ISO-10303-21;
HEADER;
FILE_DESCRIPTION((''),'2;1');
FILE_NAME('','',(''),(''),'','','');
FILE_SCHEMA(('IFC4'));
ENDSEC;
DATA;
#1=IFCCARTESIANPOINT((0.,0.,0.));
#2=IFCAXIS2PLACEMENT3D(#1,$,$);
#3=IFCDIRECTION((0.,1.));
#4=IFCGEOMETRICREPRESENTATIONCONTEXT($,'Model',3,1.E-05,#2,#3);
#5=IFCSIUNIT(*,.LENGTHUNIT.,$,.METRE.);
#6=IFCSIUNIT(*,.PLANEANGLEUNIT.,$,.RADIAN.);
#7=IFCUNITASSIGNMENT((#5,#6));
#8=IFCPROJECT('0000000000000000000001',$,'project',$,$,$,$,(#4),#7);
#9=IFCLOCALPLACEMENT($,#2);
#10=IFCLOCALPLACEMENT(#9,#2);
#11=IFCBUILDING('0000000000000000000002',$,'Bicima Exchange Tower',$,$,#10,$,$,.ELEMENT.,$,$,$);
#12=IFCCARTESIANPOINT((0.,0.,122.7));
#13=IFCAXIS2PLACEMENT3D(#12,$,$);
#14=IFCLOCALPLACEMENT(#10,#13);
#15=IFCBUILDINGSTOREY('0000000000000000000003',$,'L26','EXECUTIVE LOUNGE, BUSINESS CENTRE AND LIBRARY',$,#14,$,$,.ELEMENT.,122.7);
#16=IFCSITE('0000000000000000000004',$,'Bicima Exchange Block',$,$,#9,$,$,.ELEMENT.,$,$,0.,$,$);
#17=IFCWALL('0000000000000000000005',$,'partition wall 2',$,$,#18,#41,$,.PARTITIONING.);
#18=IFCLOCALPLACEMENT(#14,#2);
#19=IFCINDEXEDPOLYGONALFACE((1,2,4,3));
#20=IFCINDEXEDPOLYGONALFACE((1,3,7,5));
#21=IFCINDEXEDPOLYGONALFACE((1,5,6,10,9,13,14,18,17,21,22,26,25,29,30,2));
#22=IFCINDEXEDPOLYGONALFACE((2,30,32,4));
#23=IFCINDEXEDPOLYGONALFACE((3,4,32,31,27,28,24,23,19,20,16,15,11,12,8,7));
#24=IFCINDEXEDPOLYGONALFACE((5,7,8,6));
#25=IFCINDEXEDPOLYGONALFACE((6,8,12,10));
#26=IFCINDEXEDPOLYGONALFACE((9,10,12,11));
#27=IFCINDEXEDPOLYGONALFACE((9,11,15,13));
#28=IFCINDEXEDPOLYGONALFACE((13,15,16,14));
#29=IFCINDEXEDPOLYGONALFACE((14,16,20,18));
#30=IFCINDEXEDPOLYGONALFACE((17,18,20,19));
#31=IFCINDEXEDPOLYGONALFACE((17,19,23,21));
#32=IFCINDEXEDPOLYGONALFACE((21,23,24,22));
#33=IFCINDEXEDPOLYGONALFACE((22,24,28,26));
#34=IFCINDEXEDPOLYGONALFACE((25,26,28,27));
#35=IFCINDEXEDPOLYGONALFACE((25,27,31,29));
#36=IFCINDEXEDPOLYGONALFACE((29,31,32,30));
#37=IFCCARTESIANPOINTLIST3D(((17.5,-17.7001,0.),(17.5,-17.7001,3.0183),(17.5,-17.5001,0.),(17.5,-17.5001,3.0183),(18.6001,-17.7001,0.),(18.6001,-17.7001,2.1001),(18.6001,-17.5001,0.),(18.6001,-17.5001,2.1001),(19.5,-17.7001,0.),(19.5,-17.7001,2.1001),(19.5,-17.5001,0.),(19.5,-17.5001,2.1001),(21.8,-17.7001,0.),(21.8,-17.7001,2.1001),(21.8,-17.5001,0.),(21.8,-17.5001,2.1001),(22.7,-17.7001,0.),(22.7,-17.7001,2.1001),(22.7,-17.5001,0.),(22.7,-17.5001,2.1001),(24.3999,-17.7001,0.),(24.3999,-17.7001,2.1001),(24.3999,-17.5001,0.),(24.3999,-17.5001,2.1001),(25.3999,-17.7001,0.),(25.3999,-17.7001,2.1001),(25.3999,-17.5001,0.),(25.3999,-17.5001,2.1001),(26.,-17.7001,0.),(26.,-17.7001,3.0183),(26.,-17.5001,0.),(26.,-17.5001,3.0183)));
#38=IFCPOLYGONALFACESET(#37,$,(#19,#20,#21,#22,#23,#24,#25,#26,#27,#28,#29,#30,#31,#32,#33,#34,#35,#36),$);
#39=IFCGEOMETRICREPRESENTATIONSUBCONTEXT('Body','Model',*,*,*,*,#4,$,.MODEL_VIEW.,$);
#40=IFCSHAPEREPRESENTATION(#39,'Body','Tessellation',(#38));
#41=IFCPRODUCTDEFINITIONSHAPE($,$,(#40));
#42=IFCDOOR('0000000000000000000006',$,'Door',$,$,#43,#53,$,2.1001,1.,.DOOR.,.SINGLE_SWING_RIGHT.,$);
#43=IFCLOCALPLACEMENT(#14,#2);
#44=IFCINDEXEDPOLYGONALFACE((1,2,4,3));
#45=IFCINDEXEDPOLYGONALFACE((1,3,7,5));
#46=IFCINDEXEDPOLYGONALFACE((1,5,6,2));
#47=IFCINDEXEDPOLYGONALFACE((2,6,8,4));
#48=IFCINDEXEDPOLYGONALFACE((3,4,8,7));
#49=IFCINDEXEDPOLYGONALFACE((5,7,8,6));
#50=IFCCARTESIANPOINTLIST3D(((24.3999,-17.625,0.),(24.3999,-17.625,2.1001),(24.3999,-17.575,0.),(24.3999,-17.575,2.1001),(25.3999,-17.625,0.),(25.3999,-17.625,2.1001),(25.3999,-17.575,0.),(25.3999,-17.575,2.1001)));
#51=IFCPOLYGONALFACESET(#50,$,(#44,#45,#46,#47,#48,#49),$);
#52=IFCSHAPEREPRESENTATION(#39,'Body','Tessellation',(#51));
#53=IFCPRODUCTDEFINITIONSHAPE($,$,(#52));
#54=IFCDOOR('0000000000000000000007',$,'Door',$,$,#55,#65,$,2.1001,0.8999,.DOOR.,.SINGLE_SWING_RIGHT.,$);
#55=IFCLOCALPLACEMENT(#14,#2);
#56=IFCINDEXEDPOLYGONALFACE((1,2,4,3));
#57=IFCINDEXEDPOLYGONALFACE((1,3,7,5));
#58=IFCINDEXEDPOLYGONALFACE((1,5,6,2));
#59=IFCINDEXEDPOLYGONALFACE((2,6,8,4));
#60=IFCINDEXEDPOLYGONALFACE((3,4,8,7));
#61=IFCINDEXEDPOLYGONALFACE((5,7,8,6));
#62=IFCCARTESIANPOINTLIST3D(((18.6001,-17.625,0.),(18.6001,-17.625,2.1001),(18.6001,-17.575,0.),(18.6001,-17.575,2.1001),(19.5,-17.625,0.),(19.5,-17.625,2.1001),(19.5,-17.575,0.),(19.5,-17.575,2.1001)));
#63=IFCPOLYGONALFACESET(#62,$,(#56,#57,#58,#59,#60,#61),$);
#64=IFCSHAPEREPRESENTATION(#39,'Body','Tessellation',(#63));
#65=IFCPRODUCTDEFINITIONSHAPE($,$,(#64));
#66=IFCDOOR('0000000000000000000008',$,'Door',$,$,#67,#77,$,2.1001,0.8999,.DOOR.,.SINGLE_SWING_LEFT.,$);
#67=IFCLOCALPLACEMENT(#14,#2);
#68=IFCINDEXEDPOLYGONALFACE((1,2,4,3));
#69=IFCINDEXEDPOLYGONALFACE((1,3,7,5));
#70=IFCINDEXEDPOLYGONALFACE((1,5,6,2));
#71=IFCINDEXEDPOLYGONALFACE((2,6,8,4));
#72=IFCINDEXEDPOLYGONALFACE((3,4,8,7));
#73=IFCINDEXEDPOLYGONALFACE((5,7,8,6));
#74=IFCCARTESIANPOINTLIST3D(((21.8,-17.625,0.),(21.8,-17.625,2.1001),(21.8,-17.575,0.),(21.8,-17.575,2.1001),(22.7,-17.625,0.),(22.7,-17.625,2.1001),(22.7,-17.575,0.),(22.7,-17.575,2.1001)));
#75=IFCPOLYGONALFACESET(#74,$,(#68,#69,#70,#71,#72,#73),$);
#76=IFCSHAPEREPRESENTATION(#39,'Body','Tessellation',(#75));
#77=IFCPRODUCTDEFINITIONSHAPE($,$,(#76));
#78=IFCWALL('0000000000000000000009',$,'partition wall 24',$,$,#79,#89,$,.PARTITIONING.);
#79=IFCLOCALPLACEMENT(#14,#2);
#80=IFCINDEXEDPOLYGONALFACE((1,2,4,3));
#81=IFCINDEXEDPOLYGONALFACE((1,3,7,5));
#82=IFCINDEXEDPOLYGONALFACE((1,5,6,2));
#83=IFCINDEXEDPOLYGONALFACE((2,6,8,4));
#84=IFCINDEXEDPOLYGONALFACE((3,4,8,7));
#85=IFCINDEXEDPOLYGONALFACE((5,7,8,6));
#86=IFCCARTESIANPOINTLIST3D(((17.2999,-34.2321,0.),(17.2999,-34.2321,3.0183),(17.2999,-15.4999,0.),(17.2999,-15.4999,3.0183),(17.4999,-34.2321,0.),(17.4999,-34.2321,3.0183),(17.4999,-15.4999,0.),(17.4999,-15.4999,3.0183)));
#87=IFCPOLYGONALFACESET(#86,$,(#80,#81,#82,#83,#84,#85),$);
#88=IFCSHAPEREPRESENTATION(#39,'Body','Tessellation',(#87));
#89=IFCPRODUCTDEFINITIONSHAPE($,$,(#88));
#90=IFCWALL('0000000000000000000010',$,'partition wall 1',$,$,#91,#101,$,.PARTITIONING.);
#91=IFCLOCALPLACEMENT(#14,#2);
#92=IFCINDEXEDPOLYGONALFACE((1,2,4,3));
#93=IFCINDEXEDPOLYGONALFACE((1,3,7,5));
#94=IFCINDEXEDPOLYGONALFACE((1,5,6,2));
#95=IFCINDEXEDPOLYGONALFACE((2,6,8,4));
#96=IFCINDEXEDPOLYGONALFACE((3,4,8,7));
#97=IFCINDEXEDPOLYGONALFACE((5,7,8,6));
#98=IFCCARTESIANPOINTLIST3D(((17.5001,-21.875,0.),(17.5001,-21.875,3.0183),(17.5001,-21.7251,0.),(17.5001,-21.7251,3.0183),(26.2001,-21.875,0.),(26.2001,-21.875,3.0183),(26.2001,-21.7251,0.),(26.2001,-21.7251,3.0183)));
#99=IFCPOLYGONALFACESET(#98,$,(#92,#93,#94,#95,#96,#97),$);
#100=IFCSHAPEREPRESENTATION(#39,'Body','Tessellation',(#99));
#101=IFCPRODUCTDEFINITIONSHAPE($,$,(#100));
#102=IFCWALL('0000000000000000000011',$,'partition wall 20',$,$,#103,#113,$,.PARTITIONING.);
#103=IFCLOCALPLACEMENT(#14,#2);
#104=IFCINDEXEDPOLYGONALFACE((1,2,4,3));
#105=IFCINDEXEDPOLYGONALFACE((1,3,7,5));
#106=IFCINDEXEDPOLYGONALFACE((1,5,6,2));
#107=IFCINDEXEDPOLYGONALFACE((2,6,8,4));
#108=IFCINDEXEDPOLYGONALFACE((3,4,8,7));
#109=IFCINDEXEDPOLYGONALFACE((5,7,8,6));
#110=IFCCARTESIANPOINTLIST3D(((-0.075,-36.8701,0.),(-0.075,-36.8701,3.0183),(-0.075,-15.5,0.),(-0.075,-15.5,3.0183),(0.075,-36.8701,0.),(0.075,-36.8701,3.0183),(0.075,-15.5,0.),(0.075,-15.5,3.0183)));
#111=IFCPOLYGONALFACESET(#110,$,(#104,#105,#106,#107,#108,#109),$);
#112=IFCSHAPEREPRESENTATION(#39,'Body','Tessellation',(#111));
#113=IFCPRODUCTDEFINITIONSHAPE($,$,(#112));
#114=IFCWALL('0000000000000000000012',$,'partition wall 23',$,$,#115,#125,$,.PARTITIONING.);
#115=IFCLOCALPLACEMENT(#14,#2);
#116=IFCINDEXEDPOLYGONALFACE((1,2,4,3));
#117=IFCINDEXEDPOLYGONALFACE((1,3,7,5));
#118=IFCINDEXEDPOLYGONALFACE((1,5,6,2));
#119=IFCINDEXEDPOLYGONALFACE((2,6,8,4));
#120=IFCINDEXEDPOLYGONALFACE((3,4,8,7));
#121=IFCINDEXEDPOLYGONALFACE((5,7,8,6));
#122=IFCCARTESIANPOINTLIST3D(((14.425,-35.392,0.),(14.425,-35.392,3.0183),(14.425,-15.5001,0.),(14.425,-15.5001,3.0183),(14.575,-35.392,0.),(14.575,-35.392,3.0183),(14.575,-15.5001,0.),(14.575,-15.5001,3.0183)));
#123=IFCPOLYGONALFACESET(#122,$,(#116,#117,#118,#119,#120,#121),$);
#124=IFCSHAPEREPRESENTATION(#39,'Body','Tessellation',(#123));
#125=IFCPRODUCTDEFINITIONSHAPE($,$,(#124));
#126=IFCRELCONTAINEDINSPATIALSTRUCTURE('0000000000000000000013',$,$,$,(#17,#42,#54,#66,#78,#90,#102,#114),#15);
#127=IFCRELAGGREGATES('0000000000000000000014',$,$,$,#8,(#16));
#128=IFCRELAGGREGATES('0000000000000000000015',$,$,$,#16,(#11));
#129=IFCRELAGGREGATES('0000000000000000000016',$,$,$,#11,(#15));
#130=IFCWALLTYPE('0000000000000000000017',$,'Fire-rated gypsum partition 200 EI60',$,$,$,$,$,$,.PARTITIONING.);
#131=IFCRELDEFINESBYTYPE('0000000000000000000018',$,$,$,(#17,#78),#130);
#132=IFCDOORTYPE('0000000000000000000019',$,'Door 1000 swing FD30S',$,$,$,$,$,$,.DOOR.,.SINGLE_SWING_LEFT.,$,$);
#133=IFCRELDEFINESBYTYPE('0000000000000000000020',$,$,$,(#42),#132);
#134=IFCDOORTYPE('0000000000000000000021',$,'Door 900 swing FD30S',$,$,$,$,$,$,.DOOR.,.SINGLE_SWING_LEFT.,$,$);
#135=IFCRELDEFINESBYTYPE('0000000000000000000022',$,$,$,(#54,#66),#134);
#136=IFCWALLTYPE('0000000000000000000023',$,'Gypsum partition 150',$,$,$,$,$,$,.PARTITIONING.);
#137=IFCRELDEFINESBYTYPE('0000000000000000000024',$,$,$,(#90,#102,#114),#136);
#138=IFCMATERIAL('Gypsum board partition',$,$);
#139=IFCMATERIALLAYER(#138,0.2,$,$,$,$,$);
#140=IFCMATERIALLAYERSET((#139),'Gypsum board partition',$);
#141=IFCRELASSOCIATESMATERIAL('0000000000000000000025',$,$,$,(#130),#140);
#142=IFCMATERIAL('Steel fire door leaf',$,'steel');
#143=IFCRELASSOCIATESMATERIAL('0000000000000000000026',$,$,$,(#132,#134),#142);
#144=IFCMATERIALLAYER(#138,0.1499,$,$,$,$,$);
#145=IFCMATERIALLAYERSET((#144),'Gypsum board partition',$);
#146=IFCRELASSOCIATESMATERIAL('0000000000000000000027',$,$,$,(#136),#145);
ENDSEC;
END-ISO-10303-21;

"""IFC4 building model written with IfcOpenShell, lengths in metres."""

from ifc_helpers import new_model, si_unit, direction, frame, frame_2d, origin, place, context, subcontext, project, spatial, rectangle, extrude, material, layer, layer_set, type_object, element, fill, save


model = new_model("IFC4")

# Units and contexts
model_context = context("Model", 3, precision=1e-05, world=origin(), true_north=direction((0.0, 1.0)))
body_context = subcontext(model_context, "Body", "Model", "MODEL_VIEW")
ifc_project = project(units=[si_unit("LENGTHUNIT", "METRE"), si_unit("PLANEANGLEUNIT", "RADIAN")], contexts=[model_context])

# Site, building, storey
site_placement = place(None, origin())
site = spatial("IfcSite", under=ifc_project, at=site_placement, Name="Bicima Exchange Block", CompositionType="ELEMENT", RefElevation=0.0)
building_placement = place(site_placement, origin())
building = spatial("IfcBuilding", under=site, at=building_placement, Name="Bicima Exchange Tower", CompositionType="ELEMENT")
storey_placement = place(building_placement, frame((0.0, 0.0, 122.7)))
storey = spatial("IfcBuildingStorey", under=building, at=storey_placement, Name="L26", Description="EXECUTIVE LOUNGE, BUSINESS CENTRE AND LIBRARY", CompositionType="ELEMENT", Elevation=122.7)

# Wall, openings, doors
ifc_material_1 = material(Name="Gypsum board partition")
ifc_layer_1 = layer(ifc_material_1, 0.2)
ifc_layer_set_1 = layer_set([ifc_layer_1], Name="Gypsum board partition")
wall_type_1 = type_object("IfcWallType", Name="Fire-rated gypsum partition 200 EI60", PredefinedType="PARTITIONING", material=ifc_layer_set_1)
wall_1_placement = place(storey_placement, frame((17.5, -17.6001, 0.0), z_axis=(0.0, 0.0, 1.0), x_axis=(1.0, 0.0, 0.0)))
wall_1 = element("IfcWall", 1, at=wall_1_placement, inside=storey, type_object=wall_type_1, Name="partition wall 2", PredefinedType="PARTITIONING", context=body_context, shape_type="SweptSolid", body=[
    extrude(rectangle(XDim=8.5, YDim=0.2, at=frame_2d((4.25, 0.0))), origin(), (0.0, 0.0, 1.0), 3.0183),
])
opening_1_placement = place(wall_1_placement, frame((1.1001, 0.0, 0.0)))
opening_1 = element("IfcOpeningElement", 2, at=opening_1_placement, cuts=wall_1, PredefinedType="OPENING", context=body_context, shape_type="SweptSolid", body=[
    extrude(rectangle(XDim=0.8999, YDim=2.1001, at=frame_2d((0.45, 1.05))), frame((0.0, 0.1118, 0.0), z_axis=(0.0, -1.0, 0.0), x_axis=(1.0, 0.0, 0.0)), (0.0, 0.0, 1.0), 0.2239),
])
opening_2_placement = place(wall_1_placement, frame((4.3, 0.0, 0.0)))
opening_2 = element("IfcOpeningElement", 3, at=opening_2_placement, cuts=wall_1, PredefinedType="OPENING", context=body_context, shape_type="SweptSolid", body=[
    extrude(rectangle(XDim=0.8999, YDim=2.1001, at=frame_2d((0.45, 1.05))), frame((0.0, 0.1118, 0.0), z_axis=(0.0, -1.0, 0.0), x_axis=(1.0, 0.0, 0.0)), (0.0, 0.0, 1.0), 0.2239),
])
opening_3_placement = place(wall_1_placement, frame((6.8999, 0.0, 0.0)))
opening_3 = element("IfcOpeningElement", 4, at=opening_3_placement, cuts=wall_1, PredefinedType="OPENING", context=body_context, shape_type="SweptSolid", body=[
    extrude(rectangle(XDim=1.0, YDim=2.1001, at=frame_2d((0.5, 1.05))), frame((0.0, 0.1118, 0.0), z_axis=(0.0, -1.0, 0.0), x_axis=(1.0, 0.0, 0.0)), (0.0, 0.0, 1.0), 0.2239),
])
ifc_material_2 = material(Name="Steel fire door leaf", Category="steel")
door_type_1 = type_object("IfcDoorType", Name="Door 1000 swing FD30S", OperationType="SINGLE_SWING_LEFT", PredefinedType="DOOR", material=ifc_material_2)
door_1_placement = place(opening_3_placement, frame((1.0, 0.0, 0.0), z_axis=(0.0, 0.0, 1.0), x_axis=(-1.0, 0.0, 0.0)))
door_1 = element("IfcDoor", 5, at=door_1_placement, inside=storey, type_object=door_type_1, Name="Door", OperationType="SINGLE_SWING_RIGHT", OverallHeight=2.1001, OverallWidth=1.0, PredefinedType="DOOR", context=body_context, shape_type="SweptSolid", body=[
    extrude(rectangle(XDim=1.0, YDim=2.1001, at=frame_2d((0.5, 1.05))), frame((0.0, 0.0249, 0.0), z_axis=(0.0, -1.0, 0.0), x_axis=(1.0, 0.0, 0.0)), (0.0, 0.0, 1.0), 0.05),
])
fill(opening_3, door_1)
door_type_2 = type_object("IfcDoorType", Name="Door 900 swing FD30S", OperationType="SINGLE_SWING_LEFT", PredefinedType="DOOR", material=ifc_material_2)
door_2_placement = place(opening_1_placement, frame((0.8999, 0.0, 0.0), z_axis=(0.0, 0.0, 1.0), x_axis=(-1.0, 0.0, 0.0)))
door_2 = element("IfcDoor", 6, at=door_2_placement, inside=storey, type_object=door_type_2, Name="Door", OperationType="SINGLE_SWING_RIGHT", OverallHeight=2.1001, OverallWidth=0.8999, PredefinedType="DOOR", context=body_context, shape_type="SweptSolid", body=[
    extrude(rectangle(XDim=0.8999, YDim=2.1001, at=frame_2d((0.45, 1.05))), frame((0.0, 0.0249, 0.0), z_axis=(0.0, -1.0, 0.0), x_axis=(1.0, 0.0, 0.0)), (0.0, 0.0, 1.0), 0.05),
])
fill(opening_1, door_2)
door_3_placement = place(opening_2_placement, frame((0.8999, 0.0, 0.0), z_axis=(0.0, 0.0, 1.0), x_axis=(-1.0, 0.0, 0.0)))
door_3 = element("IfcDoor", 7, at=door_3_placement, inside=storey, type_object=door_type_2, Name="Door", OperationType="SINGLE_SWING_LEFT", OverallHeight=2.1001, OverallWidth=0.8999, PredefinedType="DOOR", context=body_context, shape_type="SweptSolid", body=[
    extrude(rectangle(XDim=0.8999, YDim=2.1001, at=frame_2d((0.45, 1.05))), frame((0.0, 0.0249, 0.0), z_axis=(0.0, -1.0, 0.0), x_axis=(1.0, 0.0, 0.0)), (0.0, 0.0, 1.0), 0.05),
])
fill(opening_2, door_3)

# Walls
wall_2_placement = place(storey_placement, frame((17.3999, -34.2322, 0.0), z_axis=(0.0, 0.0, 1.0), x_axis=(0.0, 1.0, 0.0)))
element("IfcWall", 8, at=wall_2_placement, inside=storey, type_object=wall_type_1, Name="partition wall 24", PredefinedType="PARTITIONING", context=body_context, shape_type="SweptSolid", body=[
    extrude(rectangle(XDim=18.7322, YDim=0.2, at=frame_2d((9.3662, 0.0))), origin(), (0.0, 0.0, 1.0), 3.0183),
])
ifc_layer_2 = layer(ifc_material_1, 0.1499)
ifc_layer_set_2 = layer_set([ifc_layer_2], Name="Gypsum board partition")
wall_type_2 = type_object("IfcWallType", Name="Gypsum partition 150", PredefinedType="PARTITIONING", material=ifc_layer_set_2)
wall_3_placement = place(storey_placement, frame((17.5, -21.8, 0.0), z_axis=(0.0, 0.0, 1.0), x_axis=(1.0, 0.0, 0.0)))
element("IfcWall", 9, at=wall_3_placement, inside=storey, type_object=wall_type_2, Name="partition wall 1", PredefinedType="PARTITIONING", context=body_context, shape_type="SweptSolid", body=[
    extrude(rectangle(XDim=8.7, YDim=0.1499, at=frame_2d((4.3501, 0.0))), origin(), (0.0, 0.0, 1.0), 3.0183),
])
wall_4_placement = place(storey_placement, frame((0.0, -36.8701, 0.0), z_axis=(0.0, 0.0, 1.0), x_axis=(0.0, 1.0, 0.0)))
element("IfcWall", 10, at=wall_4_placement, inside=storey, type_object=wall_type_2, Name="partition wall 20", PredefinedType="PARTITIONING", context=body_context, shape_type="SweptSolid", body=[
    extrude(rectangle(XDim=21.3701, YDim=0.1499, at=frame_2d((10.6851, 0.0))), origin(), (0.0, 0.0, 1.0), 3.0183),
])
wall_5_placement = place(storey_placement, frame((14.5, -35.3918, 0.0), z_axis=(0.0, 0.0, 1.0), x_axis=(0.0, 1.0, 0.0)))
element("IfcWall", 11, at=wall_5_placement, inside=storey, type_object=wall_type_2, Name="partition wall 23", PredefinedType="PARTITIONING", context=body_context, shape_type="SweptSolid", body=[
    extrude(rectangle(XDim=19.8918, YDim=0.1499, at=frame_2d((9.9458, 0.0))), origin(), (0.0, 0.0, 1.0), 3.0183),
])

save(model, "model.ifc")
